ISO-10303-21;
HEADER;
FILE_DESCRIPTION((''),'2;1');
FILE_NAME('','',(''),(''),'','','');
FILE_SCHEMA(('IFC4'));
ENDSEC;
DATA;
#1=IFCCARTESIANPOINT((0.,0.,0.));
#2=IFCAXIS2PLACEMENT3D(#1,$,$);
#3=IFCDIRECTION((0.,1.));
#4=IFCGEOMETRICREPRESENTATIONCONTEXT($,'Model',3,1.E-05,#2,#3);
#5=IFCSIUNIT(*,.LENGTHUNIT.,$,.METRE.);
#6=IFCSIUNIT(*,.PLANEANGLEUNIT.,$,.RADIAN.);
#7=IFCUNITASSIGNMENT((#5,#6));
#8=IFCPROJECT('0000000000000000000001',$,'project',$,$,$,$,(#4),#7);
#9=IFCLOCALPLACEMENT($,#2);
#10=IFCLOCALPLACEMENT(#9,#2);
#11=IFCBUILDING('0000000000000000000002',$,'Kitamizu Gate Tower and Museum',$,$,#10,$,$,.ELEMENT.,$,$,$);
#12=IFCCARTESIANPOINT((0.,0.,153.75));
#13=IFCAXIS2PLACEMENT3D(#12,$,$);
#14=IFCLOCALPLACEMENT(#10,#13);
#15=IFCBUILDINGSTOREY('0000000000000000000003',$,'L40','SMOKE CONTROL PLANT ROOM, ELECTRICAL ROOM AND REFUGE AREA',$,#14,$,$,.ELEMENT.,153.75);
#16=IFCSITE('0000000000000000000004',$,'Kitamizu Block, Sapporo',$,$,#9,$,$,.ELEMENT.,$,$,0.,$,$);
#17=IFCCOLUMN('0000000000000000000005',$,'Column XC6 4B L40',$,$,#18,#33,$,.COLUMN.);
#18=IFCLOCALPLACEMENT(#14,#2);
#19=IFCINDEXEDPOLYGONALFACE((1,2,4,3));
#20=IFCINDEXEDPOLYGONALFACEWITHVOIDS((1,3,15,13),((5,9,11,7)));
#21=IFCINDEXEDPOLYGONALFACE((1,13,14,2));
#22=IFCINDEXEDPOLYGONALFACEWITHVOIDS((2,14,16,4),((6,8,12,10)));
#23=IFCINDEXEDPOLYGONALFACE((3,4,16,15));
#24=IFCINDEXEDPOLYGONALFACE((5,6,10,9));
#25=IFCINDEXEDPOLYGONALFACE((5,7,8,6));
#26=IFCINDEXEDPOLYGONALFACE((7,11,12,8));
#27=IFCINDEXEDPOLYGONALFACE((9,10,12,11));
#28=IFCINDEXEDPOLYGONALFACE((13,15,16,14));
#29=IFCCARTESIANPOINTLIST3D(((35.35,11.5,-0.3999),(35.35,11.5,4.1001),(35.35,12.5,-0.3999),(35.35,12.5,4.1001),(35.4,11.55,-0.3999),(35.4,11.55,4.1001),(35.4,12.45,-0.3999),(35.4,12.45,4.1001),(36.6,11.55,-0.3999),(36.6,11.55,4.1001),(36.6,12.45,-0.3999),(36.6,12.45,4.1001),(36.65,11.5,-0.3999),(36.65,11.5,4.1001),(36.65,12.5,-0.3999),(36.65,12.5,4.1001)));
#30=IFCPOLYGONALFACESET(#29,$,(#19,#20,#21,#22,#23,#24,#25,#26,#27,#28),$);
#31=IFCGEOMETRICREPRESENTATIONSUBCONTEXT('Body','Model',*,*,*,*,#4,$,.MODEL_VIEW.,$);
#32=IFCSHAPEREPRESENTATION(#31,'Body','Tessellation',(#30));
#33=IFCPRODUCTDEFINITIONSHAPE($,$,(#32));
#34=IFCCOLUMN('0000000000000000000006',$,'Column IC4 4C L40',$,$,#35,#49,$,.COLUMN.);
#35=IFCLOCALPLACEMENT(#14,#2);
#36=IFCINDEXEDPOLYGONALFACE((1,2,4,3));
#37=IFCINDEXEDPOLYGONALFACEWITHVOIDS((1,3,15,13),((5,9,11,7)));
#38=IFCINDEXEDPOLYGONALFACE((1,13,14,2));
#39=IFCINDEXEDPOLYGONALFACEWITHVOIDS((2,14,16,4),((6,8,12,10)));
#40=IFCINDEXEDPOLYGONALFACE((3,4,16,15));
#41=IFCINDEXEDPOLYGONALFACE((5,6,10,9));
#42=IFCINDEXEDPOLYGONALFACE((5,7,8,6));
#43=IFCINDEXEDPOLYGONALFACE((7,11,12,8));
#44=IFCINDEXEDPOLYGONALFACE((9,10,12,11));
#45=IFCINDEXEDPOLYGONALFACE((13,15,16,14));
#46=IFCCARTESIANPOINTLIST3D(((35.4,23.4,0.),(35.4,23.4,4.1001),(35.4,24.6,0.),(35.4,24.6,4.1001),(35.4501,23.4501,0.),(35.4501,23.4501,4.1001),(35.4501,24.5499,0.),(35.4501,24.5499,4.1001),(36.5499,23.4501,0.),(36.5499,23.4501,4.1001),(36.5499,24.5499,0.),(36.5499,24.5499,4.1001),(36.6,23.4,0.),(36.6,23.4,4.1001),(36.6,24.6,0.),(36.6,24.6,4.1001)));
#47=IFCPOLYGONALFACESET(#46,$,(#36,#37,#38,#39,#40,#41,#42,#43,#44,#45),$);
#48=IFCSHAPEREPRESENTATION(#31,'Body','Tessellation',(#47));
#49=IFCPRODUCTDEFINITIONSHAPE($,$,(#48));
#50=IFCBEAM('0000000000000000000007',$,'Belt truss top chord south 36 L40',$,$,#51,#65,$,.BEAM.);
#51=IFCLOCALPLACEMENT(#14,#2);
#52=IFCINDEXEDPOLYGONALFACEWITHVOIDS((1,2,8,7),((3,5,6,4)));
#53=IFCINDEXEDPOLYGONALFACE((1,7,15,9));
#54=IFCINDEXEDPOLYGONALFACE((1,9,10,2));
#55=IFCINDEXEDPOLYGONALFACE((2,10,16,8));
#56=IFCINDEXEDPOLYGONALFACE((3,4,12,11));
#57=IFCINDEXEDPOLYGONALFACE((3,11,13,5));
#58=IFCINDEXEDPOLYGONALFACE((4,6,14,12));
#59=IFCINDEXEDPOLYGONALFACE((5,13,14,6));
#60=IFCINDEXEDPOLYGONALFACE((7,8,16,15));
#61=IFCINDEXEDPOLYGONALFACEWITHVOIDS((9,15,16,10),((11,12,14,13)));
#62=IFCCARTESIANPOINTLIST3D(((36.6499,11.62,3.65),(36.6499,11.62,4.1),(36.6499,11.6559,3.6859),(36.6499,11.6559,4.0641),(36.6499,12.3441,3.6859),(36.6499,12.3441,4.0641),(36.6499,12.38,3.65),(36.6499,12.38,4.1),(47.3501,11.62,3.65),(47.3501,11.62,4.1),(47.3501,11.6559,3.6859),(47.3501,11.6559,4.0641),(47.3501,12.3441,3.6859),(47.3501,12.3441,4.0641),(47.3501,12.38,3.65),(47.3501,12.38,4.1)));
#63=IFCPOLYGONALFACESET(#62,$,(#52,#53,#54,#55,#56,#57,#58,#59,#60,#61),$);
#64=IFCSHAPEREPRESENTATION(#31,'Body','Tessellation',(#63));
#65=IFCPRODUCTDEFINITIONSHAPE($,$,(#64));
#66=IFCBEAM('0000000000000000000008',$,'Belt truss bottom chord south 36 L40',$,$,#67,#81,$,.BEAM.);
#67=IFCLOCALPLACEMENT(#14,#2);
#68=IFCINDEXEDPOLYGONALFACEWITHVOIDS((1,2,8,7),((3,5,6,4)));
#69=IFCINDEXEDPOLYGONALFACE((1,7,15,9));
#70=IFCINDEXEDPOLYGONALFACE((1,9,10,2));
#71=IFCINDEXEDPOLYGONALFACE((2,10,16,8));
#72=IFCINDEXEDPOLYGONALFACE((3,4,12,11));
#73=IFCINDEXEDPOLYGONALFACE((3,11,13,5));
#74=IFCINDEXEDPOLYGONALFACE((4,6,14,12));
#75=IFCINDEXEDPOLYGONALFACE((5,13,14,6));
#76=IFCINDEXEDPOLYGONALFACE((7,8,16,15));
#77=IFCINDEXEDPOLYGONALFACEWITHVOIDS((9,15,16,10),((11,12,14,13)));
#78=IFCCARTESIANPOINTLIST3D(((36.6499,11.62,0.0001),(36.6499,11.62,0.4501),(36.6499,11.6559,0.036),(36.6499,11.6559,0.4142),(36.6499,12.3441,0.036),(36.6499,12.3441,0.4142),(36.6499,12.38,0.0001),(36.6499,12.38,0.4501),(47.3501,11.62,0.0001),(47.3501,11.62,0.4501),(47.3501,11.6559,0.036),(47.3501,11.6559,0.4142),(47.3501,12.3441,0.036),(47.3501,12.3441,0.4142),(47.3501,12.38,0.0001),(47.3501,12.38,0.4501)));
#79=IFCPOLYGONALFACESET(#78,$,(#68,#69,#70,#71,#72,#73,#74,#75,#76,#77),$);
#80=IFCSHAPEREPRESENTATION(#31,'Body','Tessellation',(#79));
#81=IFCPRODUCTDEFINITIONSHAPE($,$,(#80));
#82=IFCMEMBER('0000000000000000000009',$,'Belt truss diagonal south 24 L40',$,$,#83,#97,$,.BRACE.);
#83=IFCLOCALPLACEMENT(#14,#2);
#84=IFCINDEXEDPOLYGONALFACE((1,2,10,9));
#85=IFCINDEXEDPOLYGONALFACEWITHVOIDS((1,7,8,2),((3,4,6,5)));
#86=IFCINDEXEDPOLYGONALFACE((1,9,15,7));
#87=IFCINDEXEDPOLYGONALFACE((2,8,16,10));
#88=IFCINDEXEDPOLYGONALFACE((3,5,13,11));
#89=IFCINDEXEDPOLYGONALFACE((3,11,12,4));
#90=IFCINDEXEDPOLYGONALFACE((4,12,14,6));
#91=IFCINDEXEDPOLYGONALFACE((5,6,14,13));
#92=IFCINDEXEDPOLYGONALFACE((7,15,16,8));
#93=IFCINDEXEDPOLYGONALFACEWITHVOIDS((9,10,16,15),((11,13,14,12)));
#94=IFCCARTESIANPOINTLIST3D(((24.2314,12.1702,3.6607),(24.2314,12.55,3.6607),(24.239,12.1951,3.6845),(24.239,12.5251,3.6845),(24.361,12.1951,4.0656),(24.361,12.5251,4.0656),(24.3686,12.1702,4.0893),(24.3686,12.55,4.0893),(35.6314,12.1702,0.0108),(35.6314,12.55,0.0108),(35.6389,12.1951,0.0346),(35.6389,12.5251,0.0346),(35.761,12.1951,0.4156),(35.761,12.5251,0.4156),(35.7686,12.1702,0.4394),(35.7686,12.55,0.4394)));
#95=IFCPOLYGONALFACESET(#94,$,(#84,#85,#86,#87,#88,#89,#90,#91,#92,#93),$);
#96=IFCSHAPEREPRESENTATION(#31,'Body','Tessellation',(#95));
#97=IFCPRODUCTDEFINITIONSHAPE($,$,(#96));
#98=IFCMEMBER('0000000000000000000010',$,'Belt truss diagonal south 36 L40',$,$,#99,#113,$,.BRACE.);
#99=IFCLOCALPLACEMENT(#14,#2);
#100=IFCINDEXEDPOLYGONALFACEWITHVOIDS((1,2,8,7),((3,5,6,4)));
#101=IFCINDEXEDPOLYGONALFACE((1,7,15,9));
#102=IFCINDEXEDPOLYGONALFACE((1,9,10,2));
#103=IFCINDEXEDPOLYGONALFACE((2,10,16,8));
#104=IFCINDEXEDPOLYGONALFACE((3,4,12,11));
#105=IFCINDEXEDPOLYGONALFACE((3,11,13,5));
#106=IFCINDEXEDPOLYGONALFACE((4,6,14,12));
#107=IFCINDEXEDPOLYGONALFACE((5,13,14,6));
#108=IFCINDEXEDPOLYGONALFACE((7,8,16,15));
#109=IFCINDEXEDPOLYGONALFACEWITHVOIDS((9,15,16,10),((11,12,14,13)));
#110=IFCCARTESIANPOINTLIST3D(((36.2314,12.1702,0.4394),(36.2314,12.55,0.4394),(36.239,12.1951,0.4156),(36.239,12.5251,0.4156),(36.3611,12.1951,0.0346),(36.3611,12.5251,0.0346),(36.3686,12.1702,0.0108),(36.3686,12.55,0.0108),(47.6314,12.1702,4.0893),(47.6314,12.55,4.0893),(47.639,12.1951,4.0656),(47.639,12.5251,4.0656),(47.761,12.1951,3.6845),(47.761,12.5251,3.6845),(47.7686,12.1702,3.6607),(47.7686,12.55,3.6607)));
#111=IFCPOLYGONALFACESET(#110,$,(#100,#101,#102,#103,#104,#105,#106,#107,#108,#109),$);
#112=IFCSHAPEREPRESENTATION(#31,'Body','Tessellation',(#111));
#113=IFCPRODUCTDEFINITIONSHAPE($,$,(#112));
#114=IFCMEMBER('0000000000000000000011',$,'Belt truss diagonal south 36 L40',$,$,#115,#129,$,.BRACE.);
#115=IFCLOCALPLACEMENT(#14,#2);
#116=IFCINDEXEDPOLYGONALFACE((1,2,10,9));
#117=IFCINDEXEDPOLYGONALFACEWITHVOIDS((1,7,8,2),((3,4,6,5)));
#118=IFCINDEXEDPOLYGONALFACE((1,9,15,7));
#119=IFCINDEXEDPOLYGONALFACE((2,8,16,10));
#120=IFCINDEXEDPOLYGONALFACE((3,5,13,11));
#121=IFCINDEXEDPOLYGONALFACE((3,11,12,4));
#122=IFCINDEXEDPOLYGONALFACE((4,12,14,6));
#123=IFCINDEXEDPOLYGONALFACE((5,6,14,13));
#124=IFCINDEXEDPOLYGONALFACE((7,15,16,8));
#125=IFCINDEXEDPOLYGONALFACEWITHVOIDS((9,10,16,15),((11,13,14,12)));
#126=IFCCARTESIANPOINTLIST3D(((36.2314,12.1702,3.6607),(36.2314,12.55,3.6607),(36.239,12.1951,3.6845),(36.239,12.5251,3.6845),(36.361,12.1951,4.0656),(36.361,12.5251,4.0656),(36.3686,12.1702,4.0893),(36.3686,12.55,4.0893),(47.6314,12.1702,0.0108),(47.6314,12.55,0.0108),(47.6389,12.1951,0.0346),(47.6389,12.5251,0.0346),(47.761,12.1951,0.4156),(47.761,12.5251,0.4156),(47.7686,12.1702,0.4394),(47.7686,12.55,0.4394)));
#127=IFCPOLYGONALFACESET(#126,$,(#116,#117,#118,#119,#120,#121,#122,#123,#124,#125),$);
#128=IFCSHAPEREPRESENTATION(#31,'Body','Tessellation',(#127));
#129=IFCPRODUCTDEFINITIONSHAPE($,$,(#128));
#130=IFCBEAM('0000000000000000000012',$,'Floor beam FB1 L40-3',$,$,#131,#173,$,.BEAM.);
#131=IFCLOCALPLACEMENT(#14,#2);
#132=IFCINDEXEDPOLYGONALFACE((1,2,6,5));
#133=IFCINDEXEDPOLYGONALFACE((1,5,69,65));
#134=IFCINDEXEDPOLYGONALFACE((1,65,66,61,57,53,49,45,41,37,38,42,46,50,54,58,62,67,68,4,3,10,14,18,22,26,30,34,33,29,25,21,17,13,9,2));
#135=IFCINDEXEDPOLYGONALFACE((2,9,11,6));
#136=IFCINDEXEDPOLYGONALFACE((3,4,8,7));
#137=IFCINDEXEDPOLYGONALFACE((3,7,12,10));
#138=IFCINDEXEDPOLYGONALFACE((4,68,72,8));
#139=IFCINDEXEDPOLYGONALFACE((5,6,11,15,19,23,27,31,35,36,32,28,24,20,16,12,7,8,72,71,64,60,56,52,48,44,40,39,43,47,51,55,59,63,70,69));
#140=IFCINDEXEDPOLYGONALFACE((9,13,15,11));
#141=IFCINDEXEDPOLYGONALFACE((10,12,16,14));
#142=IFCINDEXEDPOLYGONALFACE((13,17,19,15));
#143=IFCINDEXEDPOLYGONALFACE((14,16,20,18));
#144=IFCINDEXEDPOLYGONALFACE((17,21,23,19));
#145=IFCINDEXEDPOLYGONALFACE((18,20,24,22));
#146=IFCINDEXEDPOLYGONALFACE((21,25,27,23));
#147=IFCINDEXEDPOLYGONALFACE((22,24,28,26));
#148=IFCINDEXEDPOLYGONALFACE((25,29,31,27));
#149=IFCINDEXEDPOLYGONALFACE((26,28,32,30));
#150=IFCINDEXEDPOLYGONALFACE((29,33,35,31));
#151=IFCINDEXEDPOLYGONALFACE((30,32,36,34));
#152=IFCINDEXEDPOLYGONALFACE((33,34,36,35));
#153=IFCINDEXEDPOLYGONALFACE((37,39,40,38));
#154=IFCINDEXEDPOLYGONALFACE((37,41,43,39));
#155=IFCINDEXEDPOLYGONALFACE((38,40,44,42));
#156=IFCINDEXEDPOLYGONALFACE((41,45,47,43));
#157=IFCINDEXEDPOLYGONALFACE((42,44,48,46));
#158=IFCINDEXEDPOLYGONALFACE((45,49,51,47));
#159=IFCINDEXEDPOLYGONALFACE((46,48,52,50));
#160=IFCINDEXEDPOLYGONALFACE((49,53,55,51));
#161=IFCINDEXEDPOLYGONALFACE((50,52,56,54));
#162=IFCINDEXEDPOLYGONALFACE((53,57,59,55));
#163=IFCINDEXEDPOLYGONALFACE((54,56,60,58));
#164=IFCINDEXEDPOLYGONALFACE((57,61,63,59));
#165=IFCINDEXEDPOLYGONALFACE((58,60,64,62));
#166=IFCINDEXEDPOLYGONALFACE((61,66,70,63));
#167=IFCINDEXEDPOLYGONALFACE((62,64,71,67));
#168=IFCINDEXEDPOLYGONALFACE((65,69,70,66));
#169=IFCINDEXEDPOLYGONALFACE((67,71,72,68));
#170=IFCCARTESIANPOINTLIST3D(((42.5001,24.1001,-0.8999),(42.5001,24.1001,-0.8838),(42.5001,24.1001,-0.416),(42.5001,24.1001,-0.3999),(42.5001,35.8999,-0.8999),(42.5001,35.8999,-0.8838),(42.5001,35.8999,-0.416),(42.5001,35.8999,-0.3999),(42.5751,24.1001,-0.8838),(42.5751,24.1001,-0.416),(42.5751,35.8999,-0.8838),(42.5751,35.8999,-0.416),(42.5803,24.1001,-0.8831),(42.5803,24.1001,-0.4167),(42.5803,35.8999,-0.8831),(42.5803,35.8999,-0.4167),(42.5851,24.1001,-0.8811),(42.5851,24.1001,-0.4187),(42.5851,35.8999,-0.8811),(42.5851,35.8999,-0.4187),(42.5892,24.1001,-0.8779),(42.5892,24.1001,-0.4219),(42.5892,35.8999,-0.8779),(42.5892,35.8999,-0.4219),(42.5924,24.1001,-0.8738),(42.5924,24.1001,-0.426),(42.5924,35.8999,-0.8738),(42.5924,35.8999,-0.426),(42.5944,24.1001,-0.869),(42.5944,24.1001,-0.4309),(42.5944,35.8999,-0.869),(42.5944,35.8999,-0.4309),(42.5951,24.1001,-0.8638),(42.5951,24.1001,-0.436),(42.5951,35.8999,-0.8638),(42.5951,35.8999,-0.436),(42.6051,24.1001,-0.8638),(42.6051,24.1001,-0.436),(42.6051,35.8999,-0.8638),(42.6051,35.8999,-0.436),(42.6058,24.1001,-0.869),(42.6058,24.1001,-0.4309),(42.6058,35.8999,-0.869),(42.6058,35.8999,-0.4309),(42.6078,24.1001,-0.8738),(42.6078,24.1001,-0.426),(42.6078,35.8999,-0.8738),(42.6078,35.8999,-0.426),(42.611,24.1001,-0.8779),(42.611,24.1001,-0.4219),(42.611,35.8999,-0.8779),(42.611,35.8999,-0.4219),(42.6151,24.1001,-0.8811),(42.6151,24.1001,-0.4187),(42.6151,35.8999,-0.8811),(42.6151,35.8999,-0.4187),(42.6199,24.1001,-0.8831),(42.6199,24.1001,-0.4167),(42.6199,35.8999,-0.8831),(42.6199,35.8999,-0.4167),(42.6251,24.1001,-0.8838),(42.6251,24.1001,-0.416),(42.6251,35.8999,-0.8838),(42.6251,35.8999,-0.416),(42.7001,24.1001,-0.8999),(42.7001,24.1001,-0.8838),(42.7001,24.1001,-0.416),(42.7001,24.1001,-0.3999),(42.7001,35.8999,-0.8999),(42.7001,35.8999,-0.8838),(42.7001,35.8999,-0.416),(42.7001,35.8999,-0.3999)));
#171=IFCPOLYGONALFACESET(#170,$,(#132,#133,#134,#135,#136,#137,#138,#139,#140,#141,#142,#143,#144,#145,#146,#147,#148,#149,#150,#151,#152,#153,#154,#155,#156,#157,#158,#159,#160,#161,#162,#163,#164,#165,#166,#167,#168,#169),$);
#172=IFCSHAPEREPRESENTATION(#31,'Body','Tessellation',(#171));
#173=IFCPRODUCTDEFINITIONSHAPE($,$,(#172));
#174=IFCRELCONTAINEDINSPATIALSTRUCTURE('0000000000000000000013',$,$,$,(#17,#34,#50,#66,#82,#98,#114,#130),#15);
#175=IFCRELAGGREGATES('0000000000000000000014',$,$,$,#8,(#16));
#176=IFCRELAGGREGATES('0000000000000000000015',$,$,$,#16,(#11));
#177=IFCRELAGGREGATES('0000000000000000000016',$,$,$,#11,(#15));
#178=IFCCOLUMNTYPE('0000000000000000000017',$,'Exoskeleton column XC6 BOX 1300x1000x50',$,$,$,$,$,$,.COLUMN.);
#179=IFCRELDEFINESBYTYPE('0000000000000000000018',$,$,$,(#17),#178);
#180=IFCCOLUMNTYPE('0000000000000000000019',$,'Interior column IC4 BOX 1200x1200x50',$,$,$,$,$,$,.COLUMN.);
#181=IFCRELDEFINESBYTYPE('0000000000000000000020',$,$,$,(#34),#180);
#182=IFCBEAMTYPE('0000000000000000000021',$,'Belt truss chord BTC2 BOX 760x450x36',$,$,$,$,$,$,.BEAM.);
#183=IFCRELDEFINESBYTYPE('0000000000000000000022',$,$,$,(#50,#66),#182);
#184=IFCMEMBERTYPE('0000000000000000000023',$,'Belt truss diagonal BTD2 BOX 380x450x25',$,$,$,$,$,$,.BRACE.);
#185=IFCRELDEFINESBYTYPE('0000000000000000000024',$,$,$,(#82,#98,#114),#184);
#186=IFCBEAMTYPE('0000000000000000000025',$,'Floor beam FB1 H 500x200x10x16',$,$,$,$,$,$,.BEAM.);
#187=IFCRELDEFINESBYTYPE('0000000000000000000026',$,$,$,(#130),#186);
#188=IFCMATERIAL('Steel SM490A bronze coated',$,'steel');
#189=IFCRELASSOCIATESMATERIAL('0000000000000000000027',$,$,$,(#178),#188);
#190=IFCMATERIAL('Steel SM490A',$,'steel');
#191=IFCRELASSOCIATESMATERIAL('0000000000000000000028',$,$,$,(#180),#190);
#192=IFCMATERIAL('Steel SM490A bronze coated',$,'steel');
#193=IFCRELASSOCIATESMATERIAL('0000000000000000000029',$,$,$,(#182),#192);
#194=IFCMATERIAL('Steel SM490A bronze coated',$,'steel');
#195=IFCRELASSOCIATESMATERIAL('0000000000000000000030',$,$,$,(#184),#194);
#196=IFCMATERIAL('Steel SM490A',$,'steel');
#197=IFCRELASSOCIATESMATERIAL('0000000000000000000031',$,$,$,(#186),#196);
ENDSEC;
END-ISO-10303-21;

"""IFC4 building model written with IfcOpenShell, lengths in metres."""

from ifc_helpers import new_model, si_unit, direction, frame, origin, origin_2d, place, context, subcontext, project, spatial, hollow_rectangle, i_section, extrude, material, material_profile, profile_set, type_object, element, save


model = new_model("IFC4")

# Units and contexts
model_context = context("Model", 3, precision=1e-05, world=origin(), true_north=direction((0.0, 1.0)))
body_context = subcontext(model_context, "Body", "Model", "MODEL_VIEW")
ifc_project = project(units=[si_unit("LENGTHUNIT", "METRE"), si_unit("PLANEANGLEUNIT", "RADIAN")], contexts=[model_context])

# Site, building, storey
site_placement = place(None, origin())
site = spatial("IfcSite", under=ifc_project, at=site_placement, Name="Kitamizu Block, Sapporo", CompositionType="ELEMENT", RefElevation=0.0)
building_placement = place(site_placement, origin())
building = spatial("IfcBuilding", under=site, at=building_placement, Name="Kitamizu Gate Tower and Museum", CompositionType="ELEMENT")
storey_placement = place(building_placement, frame((0.0, 0.0, 153.75)))
storey = spatial("IfcBuildingStorey", under=building, at=storey_placement, Name="L40", Description="SMOKE CONTROL PLANT ROOM, ELECTRICAL ROOM AND REFUGE AREA", CompositionType="ELEMENT", Elevation=153.75)

# Columns
ifc_material_1 = material(Name="Steel SM490A bronze coated", Category="steel")
ifc_material_profile_1 = material_profile(ifc_material_1, hollow_rectangle(XDim=1.3, YDim=1.0, WallThickness=0.05, at=origin_2d()), Name="BOX 1300x1000x50")
ifc_profile_set_1 = profile_set([ifc_material_profile_1], Name="Steel SM490A bronze coated")
column_type_1 = type_object("IfcColumnType", Name="Exoskeleton column XC6 BOX 1300x1000x50", PredefinedType="COLUMN", material=ifc_profile_set_1)
column_1_placement = place(storey_placement, frame((36.0, 12.0, -0.3999), z_axis=(0.0, 0.0, 1.0), x_axis=(1.0, 0.0, 0.0)))
element("IfcColumn", 1, at=column_1_placement, inside=storey, type_object=column_type_1, Name="Column XC6 4B L40", PredefinedType="COLUMN", context=body_context, shape_type="SweptSolid", body=[
    extrude(hollow_rectangle(XDim=1.3, YDim=1.0, WallThickness=0.05, at=origin_2d()), origin(), (0.0, 0.0, 1.0), 4.5),
])
ifc_material_2 = material(Name="Steel SM490A", Category="steel")
ifc_material_profile_2 = material_profile(ifc_material_2, hollow_rectangle(XDim=1.2, YDim=1.2, WallThickness=0.05, at=origin_2d()), Name="BOX 1200x1200x50")
ifc_profile_set_2 = profile_set([ifc_material_profile_2], Name="Steel SM490A")
column_type_2 = type_object("IfcColumnType", Name="Interior column IC4 BOX 1200x1200x50", PredefinedType="COLUMN", material=ifc_profile_set_2)
column_2_placement = place(storey_placement, frame((36.0, 24.0, 0.0), z_axis=(0.0, 0.0, 1.0), x_axis=(1.0, 0.0, 0.0)))
element("IfcColumn", 2, at=column_2_placement, inside=storey, type_object=column_type_2, Name="Column IC4 4C L40", PredefinedType="COLUMN", context=body_context, shape_type="SweptSolid", body=[
    extrude(hollow_rectangle(XDim=1.2, YDim=1.2, WallThickness=0.05, at=origin_2d()), origin(), (0.0, 0.0, 1.0), 4.1001),
])

# Beams
ifc_material_3 = material(Name="Steel SM490A bronze coated", Category="steel")
ifc_material_profile_3 = material_profile(ifc_material_3, hollow_rectangle(XDim=0.76, YDim=0.45, WallThickness=0.0359, at=origin_2d()), Name="BOX 760x450x36")
ifc_profile_set_3 = profile_set([ifc_material_profile_3], Name="Steel SM490A bronze coated")
beam_type_1 = type_object("IfcBeamType", Name="Belt truss chord BTC2 BOX 760x450x36", PredefinedType="BEAM", material=ifc_profile_set_3)
for number, where, z_axis, x_axis, name in (
    (3, (36.6499, 12.0, 3.875), (1.0, 0.0, 0.0), (0.0, 1.0, 0.0), "Belt truss top chord south 36 L40"),
    (4, (36.6499, 12.0, 0.2251), (1.0, 0.0, 0.0), (0.0, 1.0, 0.0), "Belt truss bottom chord south 36 L40"),
):
    element("IfcBeam", number, at=place(storey_placement, frame(where, z_axis=z_axis, x_axis=x_axis)), inside=storey, type_object=beam_type_1, Name=name, PredefinedType="BEAM", context=body_context, shape_type="SweptSolid", body=[
        extrude(hollow_rectangle(XDim=0.76, YDim=0.45, WallThickness=0.0359, at=origin_2d()), origin(), (0.0, 0.0, 1.0), 10.7002),
    ])

# Members
ifc_material_4 = material(Name="Steel SM490A bronze coated", Category="steel")
ifc_material_profile_4 = material_profile(ifc_material_4, hollow_rectangle(XDim=0.3799, YDim=0.45, WallThickness=0.0249, at=origin_2d()), Name="BOX 380x450x25")
ifc_profile_set_4 = profile_set([ifc_material_profile_4], Name="Steel SM490A bronze coated")
member_type = type_object("IfcMemberType", Name="Belt truss diagonal BTD2 BOX 380x450x25", PredefinedType="BRACE", material=ifc_profile_set_4)
for number, where, z_axis, x_axis, name in (
    (5, (35.7, 12.3601, 0.2251), (-0.952377, 0.0, 0.304922), (0.0, -1.0, 0.0), "Belt truss diagonal south 24 L40"),
    (6, (36.3, 12.3601, 0.2251), (0.952377, 0.0, 0.304922), (0.0, 1.0, 0.0), "Belt truss diagonal south 36 L40"),
    (7, (47.7, 12.3601, 0.2251), (-0.952377, 0.0, 0.304922), (0.0, -1.0, 0.0), "Belt truss diagonal south 36 L40"),
):
    element("IfcMember", number, at=place(storey_placement, frame(where, z_axis=z_axis, x_axis=x_axis)), inside=storey, type_object=member_type, Name=name, PredefinedType="BRACE", context=body_context, shape_type="SweptSolid", body=[
        extrude(hollow_rectangle(XDim=0.3799, YDim=0.45, WallThickness=0.0249, at=origin_2d()), origin(), (0.0, 0.0, 1.0), 11.97),
    ])

# Beam
ifc_material_5 = material(Name="Steel SM490A", Category="steel")
ifc_material_profile_5 = material_profile(ifc_material_5, i_section(OverallWidth=0.2, OverallDepth=0.5, WebThickness=0.01, FlangeThickness=0.0161, FilletRadius=0.02, at=origin_2d()), Name="H-500x200x10x16")
ifc_profile_set_5 = profile_set([ifc_material_profile_5], Name="Steel SM490A")
beam_type_2 = type_object("IfcBeamType", Name="Floor beam FB1 H 500x200x10x16", PredefinedType="BEAM", material=ifc_profile_set_5)
beam_1_placement = place(storey_placement, frame((42.6001, 24.1001, -0.6499), z_axis=(0.0, 1.0, 0.0), x_axis=(-1.0, 0.0, 0.0)))
element("IfcBeam", 8, at=beam_1_placement, inside=storey, type_object=beam_type_2, Name="Floor beam FB1 L40-3", PredefinedType="BEAM", context=body_context, shape_type="SweptSolid", body=[
    extrude(i_section(OverallWidth=0.2, OverallDepth=0.5, WebThickness=0.01, FlangeThickness=0.0161, FilletRadius=0.02, at=origin_2d()), origin(), (0.0, 0.0, 1.0), 11.7998),
])

save(model, "model.ifc")
